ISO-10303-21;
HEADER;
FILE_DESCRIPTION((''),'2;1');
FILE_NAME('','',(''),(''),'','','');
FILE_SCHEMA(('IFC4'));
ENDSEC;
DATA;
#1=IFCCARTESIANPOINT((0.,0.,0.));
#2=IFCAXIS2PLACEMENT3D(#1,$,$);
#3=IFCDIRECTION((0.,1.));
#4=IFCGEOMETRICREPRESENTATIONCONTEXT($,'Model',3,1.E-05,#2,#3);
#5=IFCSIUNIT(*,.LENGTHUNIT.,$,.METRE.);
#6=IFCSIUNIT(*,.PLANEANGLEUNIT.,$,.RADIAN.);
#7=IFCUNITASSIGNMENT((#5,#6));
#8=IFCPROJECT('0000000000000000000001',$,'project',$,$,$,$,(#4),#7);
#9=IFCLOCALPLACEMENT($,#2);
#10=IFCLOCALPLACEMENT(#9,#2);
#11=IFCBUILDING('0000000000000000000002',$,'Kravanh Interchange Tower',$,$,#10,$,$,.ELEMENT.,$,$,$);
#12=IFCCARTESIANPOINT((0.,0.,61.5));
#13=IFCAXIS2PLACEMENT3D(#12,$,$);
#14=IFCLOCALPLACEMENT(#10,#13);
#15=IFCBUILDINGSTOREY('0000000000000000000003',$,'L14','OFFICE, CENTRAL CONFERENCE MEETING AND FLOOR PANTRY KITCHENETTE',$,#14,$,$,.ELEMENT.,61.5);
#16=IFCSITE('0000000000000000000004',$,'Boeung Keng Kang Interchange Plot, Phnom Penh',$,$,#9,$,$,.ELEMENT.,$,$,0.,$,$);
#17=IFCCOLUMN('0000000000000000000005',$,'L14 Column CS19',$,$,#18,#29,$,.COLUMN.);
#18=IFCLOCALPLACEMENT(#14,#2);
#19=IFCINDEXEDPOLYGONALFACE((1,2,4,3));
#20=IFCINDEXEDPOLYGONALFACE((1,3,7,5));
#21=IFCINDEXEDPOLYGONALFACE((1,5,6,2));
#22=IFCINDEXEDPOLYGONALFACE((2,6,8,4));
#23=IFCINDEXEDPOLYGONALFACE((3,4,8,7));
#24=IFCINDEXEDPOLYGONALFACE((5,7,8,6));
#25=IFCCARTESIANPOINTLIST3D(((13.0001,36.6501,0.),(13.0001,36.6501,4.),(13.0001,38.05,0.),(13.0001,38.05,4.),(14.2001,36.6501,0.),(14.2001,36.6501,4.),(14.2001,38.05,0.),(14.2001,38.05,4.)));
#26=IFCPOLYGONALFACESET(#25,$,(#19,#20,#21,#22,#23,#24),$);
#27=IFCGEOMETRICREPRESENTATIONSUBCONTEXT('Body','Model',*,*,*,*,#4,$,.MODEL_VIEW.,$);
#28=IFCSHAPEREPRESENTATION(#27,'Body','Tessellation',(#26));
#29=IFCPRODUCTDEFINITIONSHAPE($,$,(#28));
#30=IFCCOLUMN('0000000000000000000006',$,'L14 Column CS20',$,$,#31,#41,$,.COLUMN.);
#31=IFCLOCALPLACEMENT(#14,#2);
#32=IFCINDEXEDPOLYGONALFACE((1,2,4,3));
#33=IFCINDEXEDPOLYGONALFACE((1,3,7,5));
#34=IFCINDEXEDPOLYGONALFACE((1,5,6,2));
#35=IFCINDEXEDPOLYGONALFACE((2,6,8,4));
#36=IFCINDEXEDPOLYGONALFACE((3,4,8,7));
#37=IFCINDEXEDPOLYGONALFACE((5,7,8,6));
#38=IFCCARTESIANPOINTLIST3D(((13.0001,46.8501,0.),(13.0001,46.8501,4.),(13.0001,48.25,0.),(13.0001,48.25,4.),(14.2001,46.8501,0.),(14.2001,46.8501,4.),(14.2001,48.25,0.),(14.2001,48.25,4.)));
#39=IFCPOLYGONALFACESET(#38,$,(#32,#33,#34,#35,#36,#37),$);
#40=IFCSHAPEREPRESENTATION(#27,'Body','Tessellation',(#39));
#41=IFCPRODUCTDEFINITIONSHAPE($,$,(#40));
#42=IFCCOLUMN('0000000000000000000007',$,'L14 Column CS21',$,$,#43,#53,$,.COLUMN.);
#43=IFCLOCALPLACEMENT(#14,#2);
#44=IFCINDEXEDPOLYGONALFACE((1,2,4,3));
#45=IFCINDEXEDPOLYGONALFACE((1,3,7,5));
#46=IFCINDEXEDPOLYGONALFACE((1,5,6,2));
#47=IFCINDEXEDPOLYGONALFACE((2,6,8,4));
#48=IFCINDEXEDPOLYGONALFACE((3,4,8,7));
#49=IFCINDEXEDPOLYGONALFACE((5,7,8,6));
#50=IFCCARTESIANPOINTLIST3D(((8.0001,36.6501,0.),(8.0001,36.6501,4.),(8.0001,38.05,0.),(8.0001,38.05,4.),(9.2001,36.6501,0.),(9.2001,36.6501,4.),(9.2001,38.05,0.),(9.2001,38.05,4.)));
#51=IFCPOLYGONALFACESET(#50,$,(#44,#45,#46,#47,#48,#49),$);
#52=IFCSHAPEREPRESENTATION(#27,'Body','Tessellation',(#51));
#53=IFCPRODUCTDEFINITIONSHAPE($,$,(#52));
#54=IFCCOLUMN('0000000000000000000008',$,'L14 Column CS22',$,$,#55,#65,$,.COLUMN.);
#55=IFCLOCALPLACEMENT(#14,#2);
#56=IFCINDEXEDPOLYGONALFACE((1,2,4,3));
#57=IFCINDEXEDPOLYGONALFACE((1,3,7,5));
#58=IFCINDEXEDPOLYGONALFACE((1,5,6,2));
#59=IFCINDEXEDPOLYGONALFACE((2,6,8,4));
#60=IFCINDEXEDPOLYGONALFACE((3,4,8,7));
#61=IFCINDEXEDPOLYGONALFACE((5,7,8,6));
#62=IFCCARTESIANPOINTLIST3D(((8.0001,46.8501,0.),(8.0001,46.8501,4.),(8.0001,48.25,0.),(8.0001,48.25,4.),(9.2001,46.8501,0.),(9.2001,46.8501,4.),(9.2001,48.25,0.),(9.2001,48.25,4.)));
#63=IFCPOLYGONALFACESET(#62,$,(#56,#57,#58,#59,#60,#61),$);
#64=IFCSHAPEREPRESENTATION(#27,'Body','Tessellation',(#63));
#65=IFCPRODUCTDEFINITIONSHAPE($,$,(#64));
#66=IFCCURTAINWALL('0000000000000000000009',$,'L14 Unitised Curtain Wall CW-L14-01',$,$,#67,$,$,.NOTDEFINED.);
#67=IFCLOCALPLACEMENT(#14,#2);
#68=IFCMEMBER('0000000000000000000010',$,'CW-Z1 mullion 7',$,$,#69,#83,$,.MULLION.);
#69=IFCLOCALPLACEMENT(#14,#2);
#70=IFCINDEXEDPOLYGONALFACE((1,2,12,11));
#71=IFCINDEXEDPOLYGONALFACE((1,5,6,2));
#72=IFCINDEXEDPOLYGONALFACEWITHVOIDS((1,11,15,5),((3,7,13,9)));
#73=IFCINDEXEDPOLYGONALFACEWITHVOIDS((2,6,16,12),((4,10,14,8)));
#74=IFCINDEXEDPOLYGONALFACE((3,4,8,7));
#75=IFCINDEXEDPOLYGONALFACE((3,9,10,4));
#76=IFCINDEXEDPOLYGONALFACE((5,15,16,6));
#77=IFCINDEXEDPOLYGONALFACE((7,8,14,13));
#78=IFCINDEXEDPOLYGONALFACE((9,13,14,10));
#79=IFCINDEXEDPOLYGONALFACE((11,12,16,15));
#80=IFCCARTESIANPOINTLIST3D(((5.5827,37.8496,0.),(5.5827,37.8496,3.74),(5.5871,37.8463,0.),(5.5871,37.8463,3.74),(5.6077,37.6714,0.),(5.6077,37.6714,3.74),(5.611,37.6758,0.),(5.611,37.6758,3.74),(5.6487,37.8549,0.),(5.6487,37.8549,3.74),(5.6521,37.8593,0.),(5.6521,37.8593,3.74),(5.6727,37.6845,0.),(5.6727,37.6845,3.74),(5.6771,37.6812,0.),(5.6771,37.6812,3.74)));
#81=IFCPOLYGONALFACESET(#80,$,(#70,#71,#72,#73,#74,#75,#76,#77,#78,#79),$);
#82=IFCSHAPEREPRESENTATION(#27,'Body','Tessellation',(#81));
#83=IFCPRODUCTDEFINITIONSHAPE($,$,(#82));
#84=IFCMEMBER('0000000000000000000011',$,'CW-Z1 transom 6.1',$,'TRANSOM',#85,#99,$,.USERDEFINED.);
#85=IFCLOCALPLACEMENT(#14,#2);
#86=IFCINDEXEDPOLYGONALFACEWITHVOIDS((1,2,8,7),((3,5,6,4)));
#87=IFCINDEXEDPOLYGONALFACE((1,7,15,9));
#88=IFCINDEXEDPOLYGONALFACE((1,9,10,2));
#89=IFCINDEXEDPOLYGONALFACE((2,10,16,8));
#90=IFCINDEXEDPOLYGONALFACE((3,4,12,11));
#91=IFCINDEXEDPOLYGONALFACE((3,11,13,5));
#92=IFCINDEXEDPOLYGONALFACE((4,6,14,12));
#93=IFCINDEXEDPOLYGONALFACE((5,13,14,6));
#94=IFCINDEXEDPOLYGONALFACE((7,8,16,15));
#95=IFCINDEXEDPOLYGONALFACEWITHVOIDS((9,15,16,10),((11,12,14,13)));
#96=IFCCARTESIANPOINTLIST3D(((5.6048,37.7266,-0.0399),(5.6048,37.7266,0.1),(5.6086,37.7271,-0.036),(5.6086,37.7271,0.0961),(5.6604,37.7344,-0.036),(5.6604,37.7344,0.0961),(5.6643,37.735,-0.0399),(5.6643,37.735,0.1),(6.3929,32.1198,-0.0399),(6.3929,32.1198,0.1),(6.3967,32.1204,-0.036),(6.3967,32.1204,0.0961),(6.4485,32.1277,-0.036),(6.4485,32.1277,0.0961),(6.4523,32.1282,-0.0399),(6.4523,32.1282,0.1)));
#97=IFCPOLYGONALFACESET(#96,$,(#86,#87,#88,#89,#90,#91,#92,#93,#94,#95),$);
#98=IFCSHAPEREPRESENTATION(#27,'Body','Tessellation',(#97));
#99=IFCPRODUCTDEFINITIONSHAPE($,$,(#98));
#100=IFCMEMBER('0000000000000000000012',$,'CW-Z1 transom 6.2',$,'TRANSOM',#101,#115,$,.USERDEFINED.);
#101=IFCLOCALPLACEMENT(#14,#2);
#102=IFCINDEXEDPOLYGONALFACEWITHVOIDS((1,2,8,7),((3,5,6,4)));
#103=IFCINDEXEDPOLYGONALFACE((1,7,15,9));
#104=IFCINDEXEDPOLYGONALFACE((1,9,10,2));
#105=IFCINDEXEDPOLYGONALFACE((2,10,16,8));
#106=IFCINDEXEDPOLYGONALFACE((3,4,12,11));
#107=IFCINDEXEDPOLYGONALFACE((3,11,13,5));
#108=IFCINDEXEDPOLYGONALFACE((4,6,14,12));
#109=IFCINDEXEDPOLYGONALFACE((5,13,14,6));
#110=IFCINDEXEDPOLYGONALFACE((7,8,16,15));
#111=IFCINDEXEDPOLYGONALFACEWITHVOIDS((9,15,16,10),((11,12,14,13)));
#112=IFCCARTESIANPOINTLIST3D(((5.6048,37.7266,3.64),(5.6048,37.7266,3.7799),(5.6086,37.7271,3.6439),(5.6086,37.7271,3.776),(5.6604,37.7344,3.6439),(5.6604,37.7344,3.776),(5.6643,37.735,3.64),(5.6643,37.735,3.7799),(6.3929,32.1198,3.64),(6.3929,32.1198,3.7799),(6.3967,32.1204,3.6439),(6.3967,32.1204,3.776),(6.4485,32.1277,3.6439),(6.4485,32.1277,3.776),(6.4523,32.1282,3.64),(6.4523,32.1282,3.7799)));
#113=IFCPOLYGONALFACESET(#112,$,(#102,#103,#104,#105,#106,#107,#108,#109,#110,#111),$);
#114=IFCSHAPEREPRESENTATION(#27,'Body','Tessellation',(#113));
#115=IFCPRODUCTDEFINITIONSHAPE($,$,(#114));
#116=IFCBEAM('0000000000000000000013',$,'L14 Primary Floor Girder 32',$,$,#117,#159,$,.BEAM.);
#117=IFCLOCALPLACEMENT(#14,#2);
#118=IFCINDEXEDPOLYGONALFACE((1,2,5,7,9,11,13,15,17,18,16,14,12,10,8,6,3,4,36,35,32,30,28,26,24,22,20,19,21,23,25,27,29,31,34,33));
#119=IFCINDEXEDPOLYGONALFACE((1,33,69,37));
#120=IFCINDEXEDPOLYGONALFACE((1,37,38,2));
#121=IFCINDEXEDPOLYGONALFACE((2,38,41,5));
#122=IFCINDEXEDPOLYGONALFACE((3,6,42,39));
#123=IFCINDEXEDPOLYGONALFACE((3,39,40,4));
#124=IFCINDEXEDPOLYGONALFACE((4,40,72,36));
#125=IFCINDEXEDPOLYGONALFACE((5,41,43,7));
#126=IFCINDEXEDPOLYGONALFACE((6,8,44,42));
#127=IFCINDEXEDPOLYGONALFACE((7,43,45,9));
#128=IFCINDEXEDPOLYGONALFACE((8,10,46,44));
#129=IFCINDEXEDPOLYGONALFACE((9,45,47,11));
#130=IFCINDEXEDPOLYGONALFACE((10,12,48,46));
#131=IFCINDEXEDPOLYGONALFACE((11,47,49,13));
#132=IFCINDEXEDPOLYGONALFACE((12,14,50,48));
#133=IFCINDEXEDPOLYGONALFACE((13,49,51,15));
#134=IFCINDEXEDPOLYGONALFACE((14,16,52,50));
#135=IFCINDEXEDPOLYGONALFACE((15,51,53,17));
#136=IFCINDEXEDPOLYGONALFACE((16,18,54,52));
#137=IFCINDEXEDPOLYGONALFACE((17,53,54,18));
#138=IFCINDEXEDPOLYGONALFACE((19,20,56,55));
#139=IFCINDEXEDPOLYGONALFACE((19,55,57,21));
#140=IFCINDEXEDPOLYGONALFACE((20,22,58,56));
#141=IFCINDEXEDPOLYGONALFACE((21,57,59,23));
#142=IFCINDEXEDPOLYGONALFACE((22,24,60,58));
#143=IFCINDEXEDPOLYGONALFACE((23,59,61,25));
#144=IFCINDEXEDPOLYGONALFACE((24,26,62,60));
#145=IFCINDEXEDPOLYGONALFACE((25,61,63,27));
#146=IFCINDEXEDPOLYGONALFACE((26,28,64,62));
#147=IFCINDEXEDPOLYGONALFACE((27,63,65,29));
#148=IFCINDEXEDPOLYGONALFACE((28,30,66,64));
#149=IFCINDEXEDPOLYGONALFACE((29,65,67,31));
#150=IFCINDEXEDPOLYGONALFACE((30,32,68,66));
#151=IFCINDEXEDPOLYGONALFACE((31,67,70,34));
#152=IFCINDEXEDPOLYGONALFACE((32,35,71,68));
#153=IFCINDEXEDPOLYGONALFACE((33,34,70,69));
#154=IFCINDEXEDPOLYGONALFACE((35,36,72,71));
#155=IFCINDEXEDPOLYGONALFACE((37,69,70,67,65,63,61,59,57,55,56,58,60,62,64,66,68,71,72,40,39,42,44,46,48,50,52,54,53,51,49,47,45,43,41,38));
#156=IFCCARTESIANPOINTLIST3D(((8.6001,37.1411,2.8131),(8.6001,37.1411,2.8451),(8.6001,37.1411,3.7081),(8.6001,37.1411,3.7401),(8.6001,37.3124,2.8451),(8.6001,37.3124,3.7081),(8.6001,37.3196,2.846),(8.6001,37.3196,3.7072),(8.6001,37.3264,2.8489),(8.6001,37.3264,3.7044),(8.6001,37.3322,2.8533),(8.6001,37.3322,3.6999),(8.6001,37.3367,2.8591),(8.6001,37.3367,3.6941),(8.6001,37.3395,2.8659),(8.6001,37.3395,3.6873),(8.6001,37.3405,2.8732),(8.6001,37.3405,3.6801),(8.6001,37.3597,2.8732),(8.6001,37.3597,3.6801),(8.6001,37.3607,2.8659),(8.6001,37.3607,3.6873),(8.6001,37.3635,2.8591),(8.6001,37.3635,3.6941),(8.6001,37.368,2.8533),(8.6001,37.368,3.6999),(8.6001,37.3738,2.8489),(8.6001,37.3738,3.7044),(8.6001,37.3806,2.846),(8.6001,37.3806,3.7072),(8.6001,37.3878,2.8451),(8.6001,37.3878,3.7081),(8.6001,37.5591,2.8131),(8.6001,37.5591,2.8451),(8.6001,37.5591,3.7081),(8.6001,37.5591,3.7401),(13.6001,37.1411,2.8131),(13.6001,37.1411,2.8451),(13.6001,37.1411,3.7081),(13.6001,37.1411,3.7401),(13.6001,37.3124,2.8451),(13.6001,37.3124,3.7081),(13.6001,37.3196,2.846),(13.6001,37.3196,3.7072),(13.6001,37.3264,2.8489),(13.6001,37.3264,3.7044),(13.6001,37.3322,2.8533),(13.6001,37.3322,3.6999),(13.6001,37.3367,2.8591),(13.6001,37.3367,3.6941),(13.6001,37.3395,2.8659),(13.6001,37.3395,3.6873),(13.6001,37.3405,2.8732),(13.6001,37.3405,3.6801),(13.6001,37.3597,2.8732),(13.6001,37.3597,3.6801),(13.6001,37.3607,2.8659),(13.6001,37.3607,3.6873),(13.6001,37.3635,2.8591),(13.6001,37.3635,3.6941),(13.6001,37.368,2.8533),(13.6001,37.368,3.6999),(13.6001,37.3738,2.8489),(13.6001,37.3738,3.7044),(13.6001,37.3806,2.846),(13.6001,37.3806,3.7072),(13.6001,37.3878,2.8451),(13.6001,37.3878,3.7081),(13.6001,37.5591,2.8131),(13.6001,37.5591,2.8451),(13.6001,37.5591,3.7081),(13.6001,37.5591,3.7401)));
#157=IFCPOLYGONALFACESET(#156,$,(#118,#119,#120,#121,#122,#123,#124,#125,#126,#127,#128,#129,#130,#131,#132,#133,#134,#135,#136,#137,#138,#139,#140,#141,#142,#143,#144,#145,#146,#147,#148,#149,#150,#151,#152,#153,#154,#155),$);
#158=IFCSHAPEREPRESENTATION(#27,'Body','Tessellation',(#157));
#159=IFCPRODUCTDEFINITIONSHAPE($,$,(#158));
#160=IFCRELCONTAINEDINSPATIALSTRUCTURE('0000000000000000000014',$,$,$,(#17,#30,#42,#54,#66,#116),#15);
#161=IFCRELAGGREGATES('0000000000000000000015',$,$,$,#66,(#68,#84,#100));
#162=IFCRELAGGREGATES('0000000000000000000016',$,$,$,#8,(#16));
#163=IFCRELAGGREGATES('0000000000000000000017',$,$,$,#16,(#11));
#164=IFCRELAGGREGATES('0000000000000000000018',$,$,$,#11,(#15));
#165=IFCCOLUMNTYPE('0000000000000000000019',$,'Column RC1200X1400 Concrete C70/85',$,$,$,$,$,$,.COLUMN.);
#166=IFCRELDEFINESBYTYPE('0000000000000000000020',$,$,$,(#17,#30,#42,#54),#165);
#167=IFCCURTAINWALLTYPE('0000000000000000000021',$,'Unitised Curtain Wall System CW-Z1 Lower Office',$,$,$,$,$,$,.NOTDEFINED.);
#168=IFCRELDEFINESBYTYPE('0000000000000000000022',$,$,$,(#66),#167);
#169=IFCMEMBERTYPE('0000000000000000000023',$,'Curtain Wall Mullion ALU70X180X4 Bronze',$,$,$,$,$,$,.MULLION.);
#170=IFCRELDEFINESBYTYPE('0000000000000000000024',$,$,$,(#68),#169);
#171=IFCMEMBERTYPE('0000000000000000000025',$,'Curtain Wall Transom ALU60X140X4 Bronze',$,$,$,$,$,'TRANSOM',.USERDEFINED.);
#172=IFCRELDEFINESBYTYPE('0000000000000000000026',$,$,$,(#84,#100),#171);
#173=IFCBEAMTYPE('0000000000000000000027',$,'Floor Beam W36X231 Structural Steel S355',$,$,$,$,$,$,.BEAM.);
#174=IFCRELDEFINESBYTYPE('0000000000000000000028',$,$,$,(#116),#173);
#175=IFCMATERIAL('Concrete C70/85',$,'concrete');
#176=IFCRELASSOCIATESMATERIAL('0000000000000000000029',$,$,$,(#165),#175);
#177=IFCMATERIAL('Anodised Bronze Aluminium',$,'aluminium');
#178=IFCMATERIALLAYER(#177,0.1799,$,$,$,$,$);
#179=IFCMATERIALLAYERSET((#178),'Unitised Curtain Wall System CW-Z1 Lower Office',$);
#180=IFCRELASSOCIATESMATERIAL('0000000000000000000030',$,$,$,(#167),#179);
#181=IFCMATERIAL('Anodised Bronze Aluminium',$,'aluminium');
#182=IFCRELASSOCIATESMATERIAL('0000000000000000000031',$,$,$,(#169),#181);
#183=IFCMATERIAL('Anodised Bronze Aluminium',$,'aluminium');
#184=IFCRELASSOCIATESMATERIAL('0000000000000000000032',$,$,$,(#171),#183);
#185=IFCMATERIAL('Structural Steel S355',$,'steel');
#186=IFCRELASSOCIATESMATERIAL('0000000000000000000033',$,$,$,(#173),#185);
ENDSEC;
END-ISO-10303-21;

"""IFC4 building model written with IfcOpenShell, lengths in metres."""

from ifc_helpers import new_model, si_unit, direction, frame, origin, origin_2d, place, context, subcontext, project, spatial, rectangle, hollow_rectangle, i_section, extrude, material, layer, layer_set, material_profile, profile_set, type_object, element, aggregate, save


model = new_model("IFC4")

# Units and contexts
model_context = context("Model", 3, precision=1e-05, world=origin(), true_north=direction((0.0, 1.0)))
body_context = subcontext(model_context, "Body", "Model", "MODEL_VIEW")
ifc_project = project(units=[si_unit("LENGTHUNIT", "METRE"), si_unit("PLANEANGLEUNIT", "RADIAN")], contexts=[model_context])

# Site, building, storey
site_placement = place(None, origin())
site = spatial("IfcSite", under=ifc_project, at=site_placement, Name="Boeung Keng Kang Interchange Plot, Phnom Penh", CompositionType="ELEMENT", RefElevation=0.0)
building_placement = place(site_placement, origin())
building = spatial("IfcBuilding", under=site, at=building_placement, Name="Kravanh Interchange Tower", CompositionType="ELEMENT")
storey_placement = place(building_placement, frame((0.0, 0.0, 61.5)))
storey = spatial("IfcBuildingStorey", under=building, at=storey_placement, Name="L14", Description="OFFICE, CENTRAL CONFERENCE MEETING AND FLOOR PANTRY KITCHENETTE", CompositionType="ELEMENT", Elevation=61.5)

# Columns
ifc_material_1 = material(Name="Concrete C70/85", Category="concrete")
ifc_material_profile_1 = material_profile(ifc_material_1, rectangle(XDim=1.2, YDim=1.3999, at=origin_2d()), Name="RC1200X1400")
ifc_profile_set_1 = profile_set([ifc_material_profile_1], Name="Concrete C70/85")
column_type = type_object("IfcColumnType", Name="Column RC1200X1400 Concrete C70/85", PredefinedType="COLUMN", material=ifc_profile_set_1)
for number, where, z_axis, x_axis, name in (
    (1, (13.6001, 37.3501, 0.0), (0.0, 0.0, 1.0), (1.0, 0.0, 0.0), "L14 Column CS19"),
    (2, (13.6001, 47.55, 0.0), (0.0, 0.0, 1.0), (1.0, 0.0, 0.0), "L14 Column CS20"),
    (3, (8.6001, 37.3501, 0.0), (0.0, 0.0, 1.0), (1.0, 0.0, 0.0), "L14 Column CS21"),
    (4, (8.6001, 47.55, 0.0), (0.0, 0.0, 1.0), (1.0, 0.0, 0.0), "L14 Column CS22"),
):
    element("IfcColumn", number, at=place(storey_placement, frame(where, z_axis=z_axis, x_axis=x_axis)), inside=storey, type_object=column_type, Name=name, PredefinedType="COLUMN", context=body_context, shape_type="SweptSolid", body=[
        extrude(rectangle(XDim=1.2, YDim=1.3999, at=origin_2d()), origin(), (0.0, 0.0, 1.0), 4.0),
    ])

# Curtain wall, members
ifc_material_2 = material(Name="Anodised Bronze Aluminium", Category="aluminium")
ifc_layer_1 = layer(ifc_material_2, 0.1799)
ifc_layer_set_1 = layer_set([ifc_layer_1], Name="Unitised Curtain Wall System CW-Z1 Lower Office")
curtain_wall_type = type_object("IfcCurtainWallType", Name="Unitised Curtain Wall System CW-Z1 Lower Office", PredefinedType="NOTDEFINED", material=ifc_layer_set_1)
curtain_wall_placement = place(storey_placement, origin())
curtain_wall = element("IfcCurtainWall", 5, at=curtain_wall_placement, inside=storey, type_object=curtain_wall_type, Name="L14 Unitised Curtain Wall CW-L14-01", PredefinedType="NOTDEFINED")
ifc_material_3 = material(Name="Anodised Bronze Aluminium", Category="aluminium")
ifc_material_profile_2 = material_profile(ifc_material_3, hollow_rectangle(XDim=0.0701, YDim=0.1799, WallThickness=0.0039, at=origin_2d()), Name="ALU70X180X4")
ifc_profile_set_2 = profile_set([ifc_material_profile_2], Name="Anodised Bronze Aluminium")
member_type_1 = type_object("IfcMemberType", Name="Curtain Wall Mullion ALU70X180X4 Bronze", PredefinedType="MULLION", material=ifc_profile_set_2)
member_1_placement = place(storey_placement, frame((5.6299, 37.7654, 0.0), z_axis=(0.0, 0.0, 1.0), x_axis=(-0.990268, -0.139177, 0.0)))
member_1 = element("IfcMember", 6, at=member_1_placement, type_object=member_type_1, Name="CW-Z1 mullion 7", PredefinedType="MULLION", context=body_context, shape_type="SweptSolid", body=[
    extrude(hollow_rectangle(XDim=0.0701, YDim=0.1799, WallThickness=0.0039, at=origin_2d()), origin(), (0.0, 0.0, 1.0), 3.74),
])
ifc_material_4 = material(Name="Anodised Bronze Aluminium", Category="aluminium")
ifc_material_profile_3 = material_profile(ifc_material_4, hollow_rectangle(XDim=0.0601, YDim=0.1399, WallThickness=0.0039, at=origin_2d()), Name="ALU60X140X4")
ifc_profile_set_3 = profile_set([ifc_material_profile_3], Name="Anodised Bronze Aluminium")
member_type_2 = type_object("IfcMemberType", Name="Curtain Wall Transom ALU60X140X4 Bronze", ElementType="TRANSOM", PredefinedType="USERDEFINED", material=ifc_profile_set_3)
member_2_placement = place(storey_placement, frame((6.4226, 32.124, 0.03), z_axis=(-0.139193, 0.990265, 0.0), x_axis=(-0.990265, -0.139193, 0.0)))
member_2 = element("IfcMember", 7, at=member_2_placement, type_object=member_type_2, Name="CW-Z1 transom 6.1", ObjectType="TRANSOM", PredefinedType="USERDEFINED", context=body_context, shape_type="SweptSolid", body=[
    extrude(hollow_rectangle(XDim=0.0601, YDim=0.1399, WallThickness=0.0039, at=origin_2d()), origin(), (0.0, 0.0, 1.0), 5.6619),
])
member_3_placement = place(storey_placement, frame((6.4226, 32.124, 3.71), z_axis=(-0.139193, 0.990265, 0.0), x_axis=(-0.990265, -0.139193, 0.0)))
member_3 = element("IfcMember", 8, at=member_3_placement, type_object=member_type_2, Name="CW-Z1 transom 6.2", ObjectType="TRANSOM", PredefinedType="USERDEFINED", context=body_context, shape_type="SweptSolid", body=[
    extrude(hollow_rectangle(XDim=0.0601, YDim=0.1399, WallThickness=0.0039, at=origin_2d()), origin(), (0.0, 0.0, 1.0), 5.6619),
])

# Beam
ifc_material_5 = material(Name="Structural Steel S355", Category="steel")
ifc_material_profile_4 = material_profile(ifc_material_5, i_section(OverallWidth=0.418, OverallDepth=0.927, WebThickness=0.0193, FlangeThickness=0.032, FilletRadius=0.0281, at=origin_2d()), Name="W36X231")
ifc_profile_set_4 = profile_set([ifc_material_profile_4], Name="Structural Steel S355")
beam_type = type_object("IfcBeamType", Name="Floor Beam W36X231 Structural Steel S355", PredefinedType="BEAM", material=ifc_profile_set_4)
beam_1_placement = place(storey_placement, frame((13.6001, 37.3501, 3.2766), z_axis=(-1.0, 0.0, 0.0), x_axis=(0.0, -1.0, 0.0)))
element("IfcBeam", 9, at=beam_1_placement, inside=storey, type_object=beam_type, Name="L14 Primary Floor Girder 32", PredefinedType="BEAM", context=body_context, shape_type="SweptSolid", body=[
    extrude(i_section(OverallWidth=0.418, OverallDepth=0.927, WebThickness=0.0193, FlangeThickness=0.032, FilletRadius=0.0281, at=origin_2d()), origin(), (0.0, 0.0, 1.0), 5.0),
])

aggregate(curtain_wall, [member_1, member_2, member_3])

save(model, "model.ifc")
